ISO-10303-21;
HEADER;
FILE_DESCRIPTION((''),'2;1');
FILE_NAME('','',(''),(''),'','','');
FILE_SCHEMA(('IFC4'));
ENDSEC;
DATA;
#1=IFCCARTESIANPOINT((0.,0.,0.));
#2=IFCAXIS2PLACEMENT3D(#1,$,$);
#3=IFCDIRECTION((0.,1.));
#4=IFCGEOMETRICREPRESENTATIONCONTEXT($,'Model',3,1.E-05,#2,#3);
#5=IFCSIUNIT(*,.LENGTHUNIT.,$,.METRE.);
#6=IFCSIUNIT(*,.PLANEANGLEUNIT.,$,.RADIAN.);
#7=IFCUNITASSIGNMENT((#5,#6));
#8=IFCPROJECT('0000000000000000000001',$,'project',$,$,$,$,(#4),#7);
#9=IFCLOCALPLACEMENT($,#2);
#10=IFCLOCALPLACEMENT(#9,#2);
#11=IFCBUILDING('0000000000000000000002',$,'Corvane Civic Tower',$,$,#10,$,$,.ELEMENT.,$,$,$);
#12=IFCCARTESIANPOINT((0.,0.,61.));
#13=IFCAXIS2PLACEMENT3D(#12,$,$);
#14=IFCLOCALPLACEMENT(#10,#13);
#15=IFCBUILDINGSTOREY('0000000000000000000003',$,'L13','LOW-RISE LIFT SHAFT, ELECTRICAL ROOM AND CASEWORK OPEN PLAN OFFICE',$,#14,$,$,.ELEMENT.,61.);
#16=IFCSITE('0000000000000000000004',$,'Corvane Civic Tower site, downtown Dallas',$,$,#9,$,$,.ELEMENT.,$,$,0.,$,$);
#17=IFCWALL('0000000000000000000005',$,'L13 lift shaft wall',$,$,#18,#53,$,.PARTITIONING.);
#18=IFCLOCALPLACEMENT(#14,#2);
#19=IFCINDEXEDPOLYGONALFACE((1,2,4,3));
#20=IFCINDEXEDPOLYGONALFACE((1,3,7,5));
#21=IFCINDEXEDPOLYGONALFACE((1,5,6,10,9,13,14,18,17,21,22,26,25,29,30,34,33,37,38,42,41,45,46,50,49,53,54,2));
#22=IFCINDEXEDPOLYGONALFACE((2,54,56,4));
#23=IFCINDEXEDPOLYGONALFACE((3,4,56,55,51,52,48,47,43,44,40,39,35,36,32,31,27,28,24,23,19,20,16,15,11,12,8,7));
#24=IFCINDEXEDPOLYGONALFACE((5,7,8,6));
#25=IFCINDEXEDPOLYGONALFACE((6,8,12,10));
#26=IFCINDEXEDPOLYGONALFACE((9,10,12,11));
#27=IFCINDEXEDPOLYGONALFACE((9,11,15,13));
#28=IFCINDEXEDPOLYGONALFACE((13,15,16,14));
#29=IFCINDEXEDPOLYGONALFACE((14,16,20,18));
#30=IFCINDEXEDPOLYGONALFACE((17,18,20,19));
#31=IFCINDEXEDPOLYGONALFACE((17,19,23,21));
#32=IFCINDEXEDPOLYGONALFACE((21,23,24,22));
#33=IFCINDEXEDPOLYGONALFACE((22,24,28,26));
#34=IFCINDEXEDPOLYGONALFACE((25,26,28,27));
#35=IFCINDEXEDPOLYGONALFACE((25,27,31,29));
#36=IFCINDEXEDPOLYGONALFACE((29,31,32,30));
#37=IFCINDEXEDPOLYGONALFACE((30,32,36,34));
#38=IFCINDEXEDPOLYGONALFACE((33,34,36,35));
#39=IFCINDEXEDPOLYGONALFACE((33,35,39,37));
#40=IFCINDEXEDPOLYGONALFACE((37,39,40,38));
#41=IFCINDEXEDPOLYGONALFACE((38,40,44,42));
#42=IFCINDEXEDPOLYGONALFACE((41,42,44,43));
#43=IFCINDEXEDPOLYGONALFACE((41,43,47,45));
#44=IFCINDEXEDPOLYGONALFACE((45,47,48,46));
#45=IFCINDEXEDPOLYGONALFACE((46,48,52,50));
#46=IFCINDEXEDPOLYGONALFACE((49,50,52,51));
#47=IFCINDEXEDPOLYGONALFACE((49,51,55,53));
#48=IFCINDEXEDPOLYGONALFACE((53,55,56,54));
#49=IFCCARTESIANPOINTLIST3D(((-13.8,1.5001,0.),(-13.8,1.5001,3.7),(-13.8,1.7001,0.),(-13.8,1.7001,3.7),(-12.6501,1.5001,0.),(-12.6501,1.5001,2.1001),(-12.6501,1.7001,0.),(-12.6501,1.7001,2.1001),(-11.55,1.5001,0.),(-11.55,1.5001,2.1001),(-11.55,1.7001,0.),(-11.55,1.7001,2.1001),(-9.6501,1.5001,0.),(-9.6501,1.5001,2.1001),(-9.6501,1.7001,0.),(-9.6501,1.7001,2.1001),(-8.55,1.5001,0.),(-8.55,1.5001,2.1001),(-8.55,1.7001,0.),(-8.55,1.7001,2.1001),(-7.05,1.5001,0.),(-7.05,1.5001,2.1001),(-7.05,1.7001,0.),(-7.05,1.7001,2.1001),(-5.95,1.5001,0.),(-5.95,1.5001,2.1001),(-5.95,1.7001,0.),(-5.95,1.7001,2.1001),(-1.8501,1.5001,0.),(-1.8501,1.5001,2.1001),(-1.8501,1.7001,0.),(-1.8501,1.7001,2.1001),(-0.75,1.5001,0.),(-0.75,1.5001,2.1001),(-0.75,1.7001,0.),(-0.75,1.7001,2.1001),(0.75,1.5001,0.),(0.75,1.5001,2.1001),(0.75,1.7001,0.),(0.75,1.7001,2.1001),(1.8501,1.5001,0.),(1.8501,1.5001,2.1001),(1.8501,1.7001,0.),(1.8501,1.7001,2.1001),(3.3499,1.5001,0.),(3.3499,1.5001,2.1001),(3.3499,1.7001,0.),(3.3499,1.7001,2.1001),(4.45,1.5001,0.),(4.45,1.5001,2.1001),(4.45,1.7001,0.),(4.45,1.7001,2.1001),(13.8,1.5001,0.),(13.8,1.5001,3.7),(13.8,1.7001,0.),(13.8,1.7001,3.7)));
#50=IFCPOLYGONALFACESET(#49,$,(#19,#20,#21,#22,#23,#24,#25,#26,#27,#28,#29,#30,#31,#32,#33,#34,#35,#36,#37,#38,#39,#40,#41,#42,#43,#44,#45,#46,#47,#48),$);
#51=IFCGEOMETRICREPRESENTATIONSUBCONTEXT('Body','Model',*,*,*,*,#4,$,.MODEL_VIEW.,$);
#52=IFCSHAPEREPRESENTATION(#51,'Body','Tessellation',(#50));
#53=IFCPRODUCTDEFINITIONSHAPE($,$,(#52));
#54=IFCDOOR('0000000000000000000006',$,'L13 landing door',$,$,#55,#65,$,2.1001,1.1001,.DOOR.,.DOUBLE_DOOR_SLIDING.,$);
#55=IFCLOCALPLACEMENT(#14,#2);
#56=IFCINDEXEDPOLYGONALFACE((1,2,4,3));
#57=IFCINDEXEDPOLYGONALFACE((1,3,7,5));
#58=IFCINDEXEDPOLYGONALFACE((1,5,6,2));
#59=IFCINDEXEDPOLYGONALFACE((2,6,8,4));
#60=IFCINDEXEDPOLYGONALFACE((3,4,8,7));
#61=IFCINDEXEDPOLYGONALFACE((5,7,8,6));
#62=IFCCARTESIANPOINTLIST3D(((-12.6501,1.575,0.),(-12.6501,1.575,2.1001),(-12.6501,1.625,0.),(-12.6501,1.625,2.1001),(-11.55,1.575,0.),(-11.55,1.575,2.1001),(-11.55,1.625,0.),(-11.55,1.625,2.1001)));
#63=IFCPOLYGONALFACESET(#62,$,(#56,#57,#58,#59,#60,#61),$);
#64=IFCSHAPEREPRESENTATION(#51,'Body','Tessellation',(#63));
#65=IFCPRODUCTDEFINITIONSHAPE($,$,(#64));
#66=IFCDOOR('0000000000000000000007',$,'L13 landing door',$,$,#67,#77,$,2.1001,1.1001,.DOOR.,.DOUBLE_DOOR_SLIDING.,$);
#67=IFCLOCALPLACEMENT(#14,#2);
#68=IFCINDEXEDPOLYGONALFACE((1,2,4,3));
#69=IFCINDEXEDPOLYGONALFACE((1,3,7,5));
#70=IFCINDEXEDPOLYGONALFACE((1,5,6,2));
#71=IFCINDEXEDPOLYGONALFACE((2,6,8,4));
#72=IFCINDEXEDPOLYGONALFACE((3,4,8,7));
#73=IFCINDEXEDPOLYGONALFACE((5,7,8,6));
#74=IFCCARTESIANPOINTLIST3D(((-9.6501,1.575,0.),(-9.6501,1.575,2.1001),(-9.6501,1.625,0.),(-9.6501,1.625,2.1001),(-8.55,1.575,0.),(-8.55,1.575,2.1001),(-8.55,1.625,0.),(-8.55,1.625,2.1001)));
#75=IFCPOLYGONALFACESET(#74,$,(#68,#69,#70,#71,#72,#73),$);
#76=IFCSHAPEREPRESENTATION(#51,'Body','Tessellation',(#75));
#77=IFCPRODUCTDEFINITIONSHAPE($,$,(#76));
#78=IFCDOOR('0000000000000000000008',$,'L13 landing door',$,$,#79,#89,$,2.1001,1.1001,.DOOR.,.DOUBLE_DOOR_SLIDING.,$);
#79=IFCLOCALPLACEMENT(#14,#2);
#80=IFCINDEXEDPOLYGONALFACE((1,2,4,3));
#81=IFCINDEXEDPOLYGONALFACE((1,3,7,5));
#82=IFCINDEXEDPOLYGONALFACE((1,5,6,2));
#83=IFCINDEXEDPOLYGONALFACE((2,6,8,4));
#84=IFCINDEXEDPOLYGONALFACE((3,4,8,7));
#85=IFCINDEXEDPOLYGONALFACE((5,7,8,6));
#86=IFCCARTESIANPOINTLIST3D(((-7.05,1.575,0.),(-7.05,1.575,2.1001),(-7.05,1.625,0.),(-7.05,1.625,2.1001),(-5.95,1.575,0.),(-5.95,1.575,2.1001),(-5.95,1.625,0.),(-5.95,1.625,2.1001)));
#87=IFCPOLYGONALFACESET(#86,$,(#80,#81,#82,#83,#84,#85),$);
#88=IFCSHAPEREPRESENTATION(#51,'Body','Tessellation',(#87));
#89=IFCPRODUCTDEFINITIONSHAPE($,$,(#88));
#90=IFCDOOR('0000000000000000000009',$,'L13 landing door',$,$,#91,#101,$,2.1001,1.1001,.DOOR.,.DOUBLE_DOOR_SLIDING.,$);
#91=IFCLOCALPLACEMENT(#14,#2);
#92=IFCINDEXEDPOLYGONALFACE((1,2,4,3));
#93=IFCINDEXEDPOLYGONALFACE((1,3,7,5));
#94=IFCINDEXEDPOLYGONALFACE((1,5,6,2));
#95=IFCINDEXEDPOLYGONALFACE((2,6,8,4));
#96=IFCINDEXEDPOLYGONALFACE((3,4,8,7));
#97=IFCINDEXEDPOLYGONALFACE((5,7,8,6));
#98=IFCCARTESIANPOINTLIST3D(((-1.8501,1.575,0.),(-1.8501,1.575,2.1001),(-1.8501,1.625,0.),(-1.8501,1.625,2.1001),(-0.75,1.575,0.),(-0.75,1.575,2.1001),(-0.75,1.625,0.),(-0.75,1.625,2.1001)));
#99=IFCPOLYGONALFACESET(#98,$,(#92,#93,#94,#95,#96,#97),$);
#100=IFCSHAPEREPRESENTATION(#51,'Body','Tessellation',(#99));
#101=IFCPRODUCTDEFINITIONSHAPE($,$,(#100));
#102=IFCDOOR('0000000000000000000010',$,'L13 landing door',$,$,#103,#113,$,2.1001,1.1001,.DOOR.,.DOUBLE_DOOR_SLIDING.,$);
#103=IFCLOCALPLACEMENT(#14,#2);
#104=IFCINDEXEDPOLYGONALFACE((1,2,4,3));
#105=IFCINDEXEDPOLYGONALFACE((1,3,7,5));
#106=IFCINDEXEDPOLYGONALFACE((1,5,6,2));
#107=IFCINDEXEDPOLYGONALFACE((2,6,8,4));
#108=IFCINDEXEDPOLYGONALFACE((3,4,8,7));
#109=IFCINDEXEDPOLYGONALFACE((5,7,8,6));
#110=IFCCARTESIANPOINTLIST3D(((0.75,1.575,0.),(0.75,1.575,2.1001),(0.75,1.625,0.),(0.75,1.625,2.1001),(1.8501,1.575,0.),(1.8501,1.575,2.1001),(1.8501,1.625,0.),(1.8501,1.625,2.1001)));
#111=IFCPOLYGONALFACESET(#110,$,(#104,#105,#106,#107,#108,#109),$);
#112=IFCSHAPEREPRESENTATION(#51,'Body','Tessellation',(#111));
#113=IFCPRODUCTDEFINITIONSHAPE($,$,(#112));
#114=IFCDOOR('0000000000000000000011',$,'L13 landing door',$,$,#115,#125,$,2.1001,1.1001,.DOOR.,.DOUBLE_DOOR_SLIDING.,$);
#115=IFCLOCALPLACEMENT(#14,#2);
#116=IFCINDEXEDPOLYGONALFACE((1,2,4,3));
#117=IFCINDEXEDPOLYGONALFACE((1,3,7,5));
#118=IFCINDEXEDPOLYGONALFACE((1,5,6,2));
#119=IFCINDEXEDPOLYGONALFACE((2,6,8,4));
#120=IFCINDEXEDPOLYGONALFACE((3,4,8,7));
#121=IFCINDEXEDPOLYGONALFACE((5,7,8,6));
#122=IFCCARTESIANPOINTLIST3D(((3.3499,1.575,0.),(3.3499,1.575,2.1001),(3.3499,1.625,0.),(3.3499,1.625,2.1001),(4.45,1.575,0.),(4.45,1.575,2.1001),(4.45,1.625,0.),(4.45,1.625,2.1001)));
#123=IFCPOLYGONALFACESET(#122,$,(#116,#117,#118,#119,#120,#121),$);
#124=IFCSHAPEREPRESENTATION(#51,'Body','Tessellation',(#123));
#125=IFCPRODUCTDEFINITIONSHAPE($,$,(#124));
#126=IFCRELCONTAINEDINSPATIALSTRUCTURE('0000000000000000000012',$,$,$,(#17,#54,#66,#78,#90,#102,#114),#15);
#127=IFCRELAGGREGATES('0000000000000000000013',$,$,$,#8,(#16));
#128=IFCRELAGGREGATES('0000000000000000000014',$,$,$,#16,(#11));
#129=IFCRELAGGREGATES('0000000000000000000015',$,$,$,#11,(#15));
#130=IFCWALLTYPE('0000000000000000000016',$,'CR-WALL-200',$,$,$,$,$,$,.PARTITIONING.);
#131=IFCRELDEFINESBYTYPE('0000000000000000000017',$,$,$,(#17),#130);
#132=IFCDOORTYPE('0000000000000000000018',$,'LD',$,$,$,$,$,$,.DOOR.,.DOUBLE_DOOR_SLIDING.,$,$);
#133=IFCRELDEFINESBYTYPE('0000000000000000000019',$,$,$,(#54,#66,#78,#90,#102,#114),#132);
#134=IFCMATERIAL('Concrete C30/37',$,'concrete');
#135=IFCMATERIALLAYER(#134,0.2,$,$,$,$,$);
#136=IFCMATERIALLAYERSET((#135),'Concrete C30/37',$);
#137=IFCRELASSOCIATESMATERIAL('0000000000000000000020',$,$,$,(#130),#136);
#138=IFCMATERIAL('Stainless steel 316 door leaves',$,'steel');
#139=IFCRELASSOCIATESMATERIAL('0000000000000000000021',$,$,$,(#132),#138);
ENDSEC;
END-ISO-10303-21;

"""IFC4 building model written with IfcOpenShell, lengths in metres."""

from ifc_helpers import new_model, si_unit, direction, frame, frame_2d, origin, place, context, subcontext, project, spatial, rectangle, extrude, material, layer, layer_set, type_object, element, fill, save


model = new_model("IFC4")

# Units and contexts
model_context = context("Model", 3, precision=1e-05, world=origin(), true_north=direction((0.0, 1.0)))
body_context = subcontext(model_context, "Body", "Model", "MODEL_VIEW")
ifc_project = project(units=[si_unit("LENGTHUNIT", "METRE"), si_unit("PLANEANGLEUNIT", "RADIAN")], contexts=[model_context])

# Site, building, storey
site_placement = place(None, origin())
site = spatial("IfcSite", under=ifc_project, at=site_placement, Name="Corvane Civic Tower site, downtown Dallas", CompositionType="ELEMENT", RefElevation=0.0)
building_placement = place(site_placement, origin())
building = spatial("IfcBuilding", under=site, at=building_placement, Name="Corvane Civic Tower", CompositionType="ELEMENT")
storey_placement = place(building_placement, frame((0.0, 0.0, 61.0)))
storey = spatial("IfcBuildingStorey", under=building, at=storey_placement, Name="L13", Description="LOW-RISE LIFT SHAFT, ELECTRICAL ROOM AND CASEWORK OPEN PLAN OFFICE", CompositionType="ELEMENT", Elevation=61.0)

# Wall, openings, doors
ifc_material_1 = material(Name="Concrete C30/37", Category="concrete")
ifc_layer_1 = layer(ifc_material_1, 0.2)
ifc_layer_set_1 = layer_set([ifc_layer_1], Name="Concrete C30/37")
wall_type_1 = type_object("IfcWallType", Name="CR-WALL-200", PredefinedType="PARTITIONING", material=ifc_layer_set_1)
wall_1_placement = place(storey_placement, frame((-13.8, 1.6001, 0.0), z_axis=(0.0, 0.0, 1.0), x_axis=(1.0, 0.0, 0.0)))
wall_1 = element("IfcWall", 1, at=wall_1_placement, inside=storey, type_object=wall_type_1, Name="L13 lift shaft wall", PredefinedType="PARTITIONING", context=body_context, shape_type="SweptSolid", body=[
    extrude(rectangle(XDim=27.6001, YDim=0.2, at=frame_2d((13.8, 0.0))), origin(), (0.0, 0.0, 1.0), 3.7),
])
opening_1_placement = place(wall_1_placement, frame((1.1499, 0.0, 0.0)))
opening_1 = element("IfcOpeningElement", 2, at=opening_1_placement, cuts=wall_1, PredefinedType="OPENING", context=body_context, shape_type="SweptSolid", body=[
    extrude(rectangle(XDim=1.1001, YDim=2.1001, at=frame_2d((0.55, 1.05))), frame((0.0, 0.1099, 0.0), z_axis=(0.0, -1.0, 0.0), x_axis=(1.0, 0.0, 0.0)), (0.0, 0.0, 1.0), 0.22),
])
opening_2_placement = place(wall_1_placement, frame((4.1499, 0.0, 0.0)))
opening_2 = element("IfcOpeningElement", 3, at=opening_2_placement, cuts=wall_1, PredefinedType="OPENING", context=body_context, shape_type="SweptSolid", body=[
    extrude(rectangle(XDim=1.1001, YDim=2.1001, at=frame_2d((0.55, 1.05))), frame((0.0, 0.1099, 0.0), z_axis=(0.0, -1.0, 0.0), x_axis=(1.0, 0.0, 0.0)), (0.0, 0.0, 1.0), 0.22),
])
opening_3_placement = place(wall_1_placement, frame((6.75, 0.0, 0.0)))
opening_3 = element("IfcOpeningElement", 4, at=opening_3_placement, cuts=wall_1, PredefinedType="OPENING", context=body_context, shape_type="SweptSolid", body=[
    extrude(rectangle(XDim=1.1001, YDim=2.1001, at=frame_2d((0.55, 1.05))), frame((0.0, 0.1099, 0.0), z_axis=(0.0, -1.0, 0.0), x_axis=(1.0, 0.0, 0.0)), (0.0, 0.0, 1.0), 0.22),
])
opening_4_placement = place(wall_1_placement, frame((11.95, 0.0, 0.0)))
opening_4 = element("IfcOpeningElement", 5, at=opening_4_placement, cuts=wall_1, PredefinedType="OPENING", context=body_context, shape_type="SweptSolid", body=[
    extrude(rectangle(XDim=1.1001, YDim=2.1001, at=frame_2d((0.55, 1.05))), frame((0.0, 0.1099, 0.0), z_axis=(0.0, -1.0, 0.0), x_axis=(1.0, 0.0, 0.0)), (0.0, 0.0, 1.0), 0.22),
])
opening_5_placement = place(wall_1_placement, frame((14.55, 0.0, 0.0)))
opening_5 = element("IfcOpeningElement", 6, at=opening_5_placement, cuts=wall_1, PredefinedType="OPENING", context=body_context, shape_type="SweptSolid", body=[
    extrude(rectangle(XDim=1.1001, YDim=2.1001, at=frame_2d((0.55, 1.05))), frame((0.0, 0.1099, 0.0), z_axis=(0.0, -1.0, 0.0), x_axis=(1.0, 0.0, 0.0)), (0.0, 0.0, 1.0), 0.22),
])
opening_6_placement = place(wall_1_placement, frame((17.1499, 0.0, 0.0)))
opening_6 = element("IfcOpeningElement", 7, at=opening_6_placement, cuts=wall_1, PredefinedType="OPENING", context=body_context, shape_type="SweptSolid", body=[
    extrude(rectangle(XDim=1.1001, YDim=2.1001, at=frame_2d((0.55, 1.05))), frame((0.0, 0.1099, 0.0), z_axis=(0.0, -1.0, 0.0), x_axis=(1.0, 0.0, 0.0)), (0.0, 0.0, 1.0), 0.22),
])
ifc_material_2 = material(Name="Stainless steel 316 door leaves", Category="steel")
door_type_1 = type_object("IfcDoorType", Name="LD", OperationType="DOUBLE_DOOR_SLIDING", PredefinedType="DOOR", material=ifc_material_2)
door_1_placement = place(opening_1_placement, origin())
door_1 = element("IfcDoor", 8, at=door_1_placement, inside=storey, type_object=door_type_1, Name="L13 landing door", OperationType="DOUBLE_DOOR_SLIDING", OverallHeight=2.1001, OverallWidth=1.1001, PredefinedType="DOOR", context=body_context, shape_type="SweptSolid", body=[
    extrude(rectangle(XDim=1.1001, YDim=2.1001, at=frame_2d((0.55, 1.05))), frame((0.0, 0.0249, 0.0), z_axis=(0.0, -1.0, 0.0), x_axis=(1.0, 0.0, 0.0)), (0.0, 0.0, 1.0), 0.05),
])
fill(opening_1, door_1)
door_2_placement = place(opening_2_placement, origin())
door_2 = element("IfcDoor", 9, at=door_2_placement, inside=storey, type_object=door_type_1, Name="L13 landing door", OperationType="DOUBLE_DOOR_SLIDING", OverallHeight=2.1001, OverallWidth=1.1001, PredefinedType="DOOR", context=body_context, shape_type="SweptSolid", body=[
    extrude(rectangle(XDim=1.1001, YDim=2.1001, at=frame_2d((0.55, 1.05))), frame((0.0, 0.0249, 0.0), z_axis=(0.0, -1.0, 0.0), x_axis=(1.0, 0.0, 0.0)), (0.0, 0.0, 1.0), 0.05),
])
fill(opening_2, door_2)
door_3_placement = place(opening_3_placement, origin())
door_3 = element("IfcDoor", 10, at=door_3_placement, inside=storey, type_object=door_type_1, Name="L13 landing door", OperationType="DOUBLE_DOOR_SLIDING", OverallHeight=2.1001, OverallWidth=1.1001, PredefinedType="DOOR", context=body_context, shape_type="SweptSolid", body=[
    extrude(rectangle(XDim=1.1001, YDim=2.1001, at=frame_2d((0.55, 1.05))), frame((0.0, 0.0249, 0.0), z_axis=(0.0, -1.0, 0.0), x_axis=(1.0, 0.0, 0.0)), (0.0, 0.0, 1.0), 0.05),
])
fill(opening_3, door_3)
door_4_placement = place(opening_4_placement, origin())
door_4 = element("IfcDoor", 11, at=door_4_placement, inside=storey, type_object=door_type_1, Name="L13 landing door", OperationType="DOUBLE_DOOR_SLIDING", OverallHeight=2.1001, OverallWidth=1.1001, PredefinedType="DOOR", context=body_context, shape_type="SweptSolid", body=[
    extrude(rectangle(XDim=1.1001, YDim=2.1001, at=frame_2d((0.55, 1.05))), frame((0.0, 0.0249, 0.0), z_axis=(0.0, -1.0, 0.0), x_axis=(1.0, 0.0, 0.0)), (0.0, 0.0, 1.0), 0.05),
])
fill(opening_4, door_4)
door_5_placement = place(opening_5_placement, origin())
door_5 = element("IfcDoor", 12, at=door_5_placement, inside=storey, type_object=door_type_1, Name="L13 landing door", OperationType="DOUBLE_DOOR_SLIDING", OverallHeight=2.1001, OverallWidth=1.1001, PredefinedType="DOOR", context=body_context, shape_type="SweptSolid", body=[
    extrude(rectangle(XDim=1.1001, YDim=2.1001, at=frame_2d((0.55, 1.05))), frame((0.0, 0.0249, 0.0), z_axis=(0.0, -1.0, 0.0), x_axis=(1.0, 0.0, 0.0)), (0.0, 0.0, 1.0), 0.05),
])
fill(opening_5, door_5)
door_6_placement = place(opening_6_placement, origin())
door_6 = element("IfcDoor", 13, at=door_6_placement, inside=storey, type_object=door_type_1, Name="L13 landing door", OperationType="DOUBLE_DOOR_SLIDING", OverallHeight=2.1001, OverallWidth=1.1001, PredefinedType="DOOR", context=body_context, shape_type="SweptSolid", body=[
    extrude(rectangle(XDim=1.1001, YDim=2.1001, at=frame_2d((0.55, 1.05))), frame((0.0, 0.0249, 0.0), z_axis=(0.0, -1.0, 0.0), x_axis=(1.0, 0.0, 0.0)), (0.0, 0.0, 1.0), 0.05),
])
fill(opening_6, door_6)

save(model, "model.ifc")
